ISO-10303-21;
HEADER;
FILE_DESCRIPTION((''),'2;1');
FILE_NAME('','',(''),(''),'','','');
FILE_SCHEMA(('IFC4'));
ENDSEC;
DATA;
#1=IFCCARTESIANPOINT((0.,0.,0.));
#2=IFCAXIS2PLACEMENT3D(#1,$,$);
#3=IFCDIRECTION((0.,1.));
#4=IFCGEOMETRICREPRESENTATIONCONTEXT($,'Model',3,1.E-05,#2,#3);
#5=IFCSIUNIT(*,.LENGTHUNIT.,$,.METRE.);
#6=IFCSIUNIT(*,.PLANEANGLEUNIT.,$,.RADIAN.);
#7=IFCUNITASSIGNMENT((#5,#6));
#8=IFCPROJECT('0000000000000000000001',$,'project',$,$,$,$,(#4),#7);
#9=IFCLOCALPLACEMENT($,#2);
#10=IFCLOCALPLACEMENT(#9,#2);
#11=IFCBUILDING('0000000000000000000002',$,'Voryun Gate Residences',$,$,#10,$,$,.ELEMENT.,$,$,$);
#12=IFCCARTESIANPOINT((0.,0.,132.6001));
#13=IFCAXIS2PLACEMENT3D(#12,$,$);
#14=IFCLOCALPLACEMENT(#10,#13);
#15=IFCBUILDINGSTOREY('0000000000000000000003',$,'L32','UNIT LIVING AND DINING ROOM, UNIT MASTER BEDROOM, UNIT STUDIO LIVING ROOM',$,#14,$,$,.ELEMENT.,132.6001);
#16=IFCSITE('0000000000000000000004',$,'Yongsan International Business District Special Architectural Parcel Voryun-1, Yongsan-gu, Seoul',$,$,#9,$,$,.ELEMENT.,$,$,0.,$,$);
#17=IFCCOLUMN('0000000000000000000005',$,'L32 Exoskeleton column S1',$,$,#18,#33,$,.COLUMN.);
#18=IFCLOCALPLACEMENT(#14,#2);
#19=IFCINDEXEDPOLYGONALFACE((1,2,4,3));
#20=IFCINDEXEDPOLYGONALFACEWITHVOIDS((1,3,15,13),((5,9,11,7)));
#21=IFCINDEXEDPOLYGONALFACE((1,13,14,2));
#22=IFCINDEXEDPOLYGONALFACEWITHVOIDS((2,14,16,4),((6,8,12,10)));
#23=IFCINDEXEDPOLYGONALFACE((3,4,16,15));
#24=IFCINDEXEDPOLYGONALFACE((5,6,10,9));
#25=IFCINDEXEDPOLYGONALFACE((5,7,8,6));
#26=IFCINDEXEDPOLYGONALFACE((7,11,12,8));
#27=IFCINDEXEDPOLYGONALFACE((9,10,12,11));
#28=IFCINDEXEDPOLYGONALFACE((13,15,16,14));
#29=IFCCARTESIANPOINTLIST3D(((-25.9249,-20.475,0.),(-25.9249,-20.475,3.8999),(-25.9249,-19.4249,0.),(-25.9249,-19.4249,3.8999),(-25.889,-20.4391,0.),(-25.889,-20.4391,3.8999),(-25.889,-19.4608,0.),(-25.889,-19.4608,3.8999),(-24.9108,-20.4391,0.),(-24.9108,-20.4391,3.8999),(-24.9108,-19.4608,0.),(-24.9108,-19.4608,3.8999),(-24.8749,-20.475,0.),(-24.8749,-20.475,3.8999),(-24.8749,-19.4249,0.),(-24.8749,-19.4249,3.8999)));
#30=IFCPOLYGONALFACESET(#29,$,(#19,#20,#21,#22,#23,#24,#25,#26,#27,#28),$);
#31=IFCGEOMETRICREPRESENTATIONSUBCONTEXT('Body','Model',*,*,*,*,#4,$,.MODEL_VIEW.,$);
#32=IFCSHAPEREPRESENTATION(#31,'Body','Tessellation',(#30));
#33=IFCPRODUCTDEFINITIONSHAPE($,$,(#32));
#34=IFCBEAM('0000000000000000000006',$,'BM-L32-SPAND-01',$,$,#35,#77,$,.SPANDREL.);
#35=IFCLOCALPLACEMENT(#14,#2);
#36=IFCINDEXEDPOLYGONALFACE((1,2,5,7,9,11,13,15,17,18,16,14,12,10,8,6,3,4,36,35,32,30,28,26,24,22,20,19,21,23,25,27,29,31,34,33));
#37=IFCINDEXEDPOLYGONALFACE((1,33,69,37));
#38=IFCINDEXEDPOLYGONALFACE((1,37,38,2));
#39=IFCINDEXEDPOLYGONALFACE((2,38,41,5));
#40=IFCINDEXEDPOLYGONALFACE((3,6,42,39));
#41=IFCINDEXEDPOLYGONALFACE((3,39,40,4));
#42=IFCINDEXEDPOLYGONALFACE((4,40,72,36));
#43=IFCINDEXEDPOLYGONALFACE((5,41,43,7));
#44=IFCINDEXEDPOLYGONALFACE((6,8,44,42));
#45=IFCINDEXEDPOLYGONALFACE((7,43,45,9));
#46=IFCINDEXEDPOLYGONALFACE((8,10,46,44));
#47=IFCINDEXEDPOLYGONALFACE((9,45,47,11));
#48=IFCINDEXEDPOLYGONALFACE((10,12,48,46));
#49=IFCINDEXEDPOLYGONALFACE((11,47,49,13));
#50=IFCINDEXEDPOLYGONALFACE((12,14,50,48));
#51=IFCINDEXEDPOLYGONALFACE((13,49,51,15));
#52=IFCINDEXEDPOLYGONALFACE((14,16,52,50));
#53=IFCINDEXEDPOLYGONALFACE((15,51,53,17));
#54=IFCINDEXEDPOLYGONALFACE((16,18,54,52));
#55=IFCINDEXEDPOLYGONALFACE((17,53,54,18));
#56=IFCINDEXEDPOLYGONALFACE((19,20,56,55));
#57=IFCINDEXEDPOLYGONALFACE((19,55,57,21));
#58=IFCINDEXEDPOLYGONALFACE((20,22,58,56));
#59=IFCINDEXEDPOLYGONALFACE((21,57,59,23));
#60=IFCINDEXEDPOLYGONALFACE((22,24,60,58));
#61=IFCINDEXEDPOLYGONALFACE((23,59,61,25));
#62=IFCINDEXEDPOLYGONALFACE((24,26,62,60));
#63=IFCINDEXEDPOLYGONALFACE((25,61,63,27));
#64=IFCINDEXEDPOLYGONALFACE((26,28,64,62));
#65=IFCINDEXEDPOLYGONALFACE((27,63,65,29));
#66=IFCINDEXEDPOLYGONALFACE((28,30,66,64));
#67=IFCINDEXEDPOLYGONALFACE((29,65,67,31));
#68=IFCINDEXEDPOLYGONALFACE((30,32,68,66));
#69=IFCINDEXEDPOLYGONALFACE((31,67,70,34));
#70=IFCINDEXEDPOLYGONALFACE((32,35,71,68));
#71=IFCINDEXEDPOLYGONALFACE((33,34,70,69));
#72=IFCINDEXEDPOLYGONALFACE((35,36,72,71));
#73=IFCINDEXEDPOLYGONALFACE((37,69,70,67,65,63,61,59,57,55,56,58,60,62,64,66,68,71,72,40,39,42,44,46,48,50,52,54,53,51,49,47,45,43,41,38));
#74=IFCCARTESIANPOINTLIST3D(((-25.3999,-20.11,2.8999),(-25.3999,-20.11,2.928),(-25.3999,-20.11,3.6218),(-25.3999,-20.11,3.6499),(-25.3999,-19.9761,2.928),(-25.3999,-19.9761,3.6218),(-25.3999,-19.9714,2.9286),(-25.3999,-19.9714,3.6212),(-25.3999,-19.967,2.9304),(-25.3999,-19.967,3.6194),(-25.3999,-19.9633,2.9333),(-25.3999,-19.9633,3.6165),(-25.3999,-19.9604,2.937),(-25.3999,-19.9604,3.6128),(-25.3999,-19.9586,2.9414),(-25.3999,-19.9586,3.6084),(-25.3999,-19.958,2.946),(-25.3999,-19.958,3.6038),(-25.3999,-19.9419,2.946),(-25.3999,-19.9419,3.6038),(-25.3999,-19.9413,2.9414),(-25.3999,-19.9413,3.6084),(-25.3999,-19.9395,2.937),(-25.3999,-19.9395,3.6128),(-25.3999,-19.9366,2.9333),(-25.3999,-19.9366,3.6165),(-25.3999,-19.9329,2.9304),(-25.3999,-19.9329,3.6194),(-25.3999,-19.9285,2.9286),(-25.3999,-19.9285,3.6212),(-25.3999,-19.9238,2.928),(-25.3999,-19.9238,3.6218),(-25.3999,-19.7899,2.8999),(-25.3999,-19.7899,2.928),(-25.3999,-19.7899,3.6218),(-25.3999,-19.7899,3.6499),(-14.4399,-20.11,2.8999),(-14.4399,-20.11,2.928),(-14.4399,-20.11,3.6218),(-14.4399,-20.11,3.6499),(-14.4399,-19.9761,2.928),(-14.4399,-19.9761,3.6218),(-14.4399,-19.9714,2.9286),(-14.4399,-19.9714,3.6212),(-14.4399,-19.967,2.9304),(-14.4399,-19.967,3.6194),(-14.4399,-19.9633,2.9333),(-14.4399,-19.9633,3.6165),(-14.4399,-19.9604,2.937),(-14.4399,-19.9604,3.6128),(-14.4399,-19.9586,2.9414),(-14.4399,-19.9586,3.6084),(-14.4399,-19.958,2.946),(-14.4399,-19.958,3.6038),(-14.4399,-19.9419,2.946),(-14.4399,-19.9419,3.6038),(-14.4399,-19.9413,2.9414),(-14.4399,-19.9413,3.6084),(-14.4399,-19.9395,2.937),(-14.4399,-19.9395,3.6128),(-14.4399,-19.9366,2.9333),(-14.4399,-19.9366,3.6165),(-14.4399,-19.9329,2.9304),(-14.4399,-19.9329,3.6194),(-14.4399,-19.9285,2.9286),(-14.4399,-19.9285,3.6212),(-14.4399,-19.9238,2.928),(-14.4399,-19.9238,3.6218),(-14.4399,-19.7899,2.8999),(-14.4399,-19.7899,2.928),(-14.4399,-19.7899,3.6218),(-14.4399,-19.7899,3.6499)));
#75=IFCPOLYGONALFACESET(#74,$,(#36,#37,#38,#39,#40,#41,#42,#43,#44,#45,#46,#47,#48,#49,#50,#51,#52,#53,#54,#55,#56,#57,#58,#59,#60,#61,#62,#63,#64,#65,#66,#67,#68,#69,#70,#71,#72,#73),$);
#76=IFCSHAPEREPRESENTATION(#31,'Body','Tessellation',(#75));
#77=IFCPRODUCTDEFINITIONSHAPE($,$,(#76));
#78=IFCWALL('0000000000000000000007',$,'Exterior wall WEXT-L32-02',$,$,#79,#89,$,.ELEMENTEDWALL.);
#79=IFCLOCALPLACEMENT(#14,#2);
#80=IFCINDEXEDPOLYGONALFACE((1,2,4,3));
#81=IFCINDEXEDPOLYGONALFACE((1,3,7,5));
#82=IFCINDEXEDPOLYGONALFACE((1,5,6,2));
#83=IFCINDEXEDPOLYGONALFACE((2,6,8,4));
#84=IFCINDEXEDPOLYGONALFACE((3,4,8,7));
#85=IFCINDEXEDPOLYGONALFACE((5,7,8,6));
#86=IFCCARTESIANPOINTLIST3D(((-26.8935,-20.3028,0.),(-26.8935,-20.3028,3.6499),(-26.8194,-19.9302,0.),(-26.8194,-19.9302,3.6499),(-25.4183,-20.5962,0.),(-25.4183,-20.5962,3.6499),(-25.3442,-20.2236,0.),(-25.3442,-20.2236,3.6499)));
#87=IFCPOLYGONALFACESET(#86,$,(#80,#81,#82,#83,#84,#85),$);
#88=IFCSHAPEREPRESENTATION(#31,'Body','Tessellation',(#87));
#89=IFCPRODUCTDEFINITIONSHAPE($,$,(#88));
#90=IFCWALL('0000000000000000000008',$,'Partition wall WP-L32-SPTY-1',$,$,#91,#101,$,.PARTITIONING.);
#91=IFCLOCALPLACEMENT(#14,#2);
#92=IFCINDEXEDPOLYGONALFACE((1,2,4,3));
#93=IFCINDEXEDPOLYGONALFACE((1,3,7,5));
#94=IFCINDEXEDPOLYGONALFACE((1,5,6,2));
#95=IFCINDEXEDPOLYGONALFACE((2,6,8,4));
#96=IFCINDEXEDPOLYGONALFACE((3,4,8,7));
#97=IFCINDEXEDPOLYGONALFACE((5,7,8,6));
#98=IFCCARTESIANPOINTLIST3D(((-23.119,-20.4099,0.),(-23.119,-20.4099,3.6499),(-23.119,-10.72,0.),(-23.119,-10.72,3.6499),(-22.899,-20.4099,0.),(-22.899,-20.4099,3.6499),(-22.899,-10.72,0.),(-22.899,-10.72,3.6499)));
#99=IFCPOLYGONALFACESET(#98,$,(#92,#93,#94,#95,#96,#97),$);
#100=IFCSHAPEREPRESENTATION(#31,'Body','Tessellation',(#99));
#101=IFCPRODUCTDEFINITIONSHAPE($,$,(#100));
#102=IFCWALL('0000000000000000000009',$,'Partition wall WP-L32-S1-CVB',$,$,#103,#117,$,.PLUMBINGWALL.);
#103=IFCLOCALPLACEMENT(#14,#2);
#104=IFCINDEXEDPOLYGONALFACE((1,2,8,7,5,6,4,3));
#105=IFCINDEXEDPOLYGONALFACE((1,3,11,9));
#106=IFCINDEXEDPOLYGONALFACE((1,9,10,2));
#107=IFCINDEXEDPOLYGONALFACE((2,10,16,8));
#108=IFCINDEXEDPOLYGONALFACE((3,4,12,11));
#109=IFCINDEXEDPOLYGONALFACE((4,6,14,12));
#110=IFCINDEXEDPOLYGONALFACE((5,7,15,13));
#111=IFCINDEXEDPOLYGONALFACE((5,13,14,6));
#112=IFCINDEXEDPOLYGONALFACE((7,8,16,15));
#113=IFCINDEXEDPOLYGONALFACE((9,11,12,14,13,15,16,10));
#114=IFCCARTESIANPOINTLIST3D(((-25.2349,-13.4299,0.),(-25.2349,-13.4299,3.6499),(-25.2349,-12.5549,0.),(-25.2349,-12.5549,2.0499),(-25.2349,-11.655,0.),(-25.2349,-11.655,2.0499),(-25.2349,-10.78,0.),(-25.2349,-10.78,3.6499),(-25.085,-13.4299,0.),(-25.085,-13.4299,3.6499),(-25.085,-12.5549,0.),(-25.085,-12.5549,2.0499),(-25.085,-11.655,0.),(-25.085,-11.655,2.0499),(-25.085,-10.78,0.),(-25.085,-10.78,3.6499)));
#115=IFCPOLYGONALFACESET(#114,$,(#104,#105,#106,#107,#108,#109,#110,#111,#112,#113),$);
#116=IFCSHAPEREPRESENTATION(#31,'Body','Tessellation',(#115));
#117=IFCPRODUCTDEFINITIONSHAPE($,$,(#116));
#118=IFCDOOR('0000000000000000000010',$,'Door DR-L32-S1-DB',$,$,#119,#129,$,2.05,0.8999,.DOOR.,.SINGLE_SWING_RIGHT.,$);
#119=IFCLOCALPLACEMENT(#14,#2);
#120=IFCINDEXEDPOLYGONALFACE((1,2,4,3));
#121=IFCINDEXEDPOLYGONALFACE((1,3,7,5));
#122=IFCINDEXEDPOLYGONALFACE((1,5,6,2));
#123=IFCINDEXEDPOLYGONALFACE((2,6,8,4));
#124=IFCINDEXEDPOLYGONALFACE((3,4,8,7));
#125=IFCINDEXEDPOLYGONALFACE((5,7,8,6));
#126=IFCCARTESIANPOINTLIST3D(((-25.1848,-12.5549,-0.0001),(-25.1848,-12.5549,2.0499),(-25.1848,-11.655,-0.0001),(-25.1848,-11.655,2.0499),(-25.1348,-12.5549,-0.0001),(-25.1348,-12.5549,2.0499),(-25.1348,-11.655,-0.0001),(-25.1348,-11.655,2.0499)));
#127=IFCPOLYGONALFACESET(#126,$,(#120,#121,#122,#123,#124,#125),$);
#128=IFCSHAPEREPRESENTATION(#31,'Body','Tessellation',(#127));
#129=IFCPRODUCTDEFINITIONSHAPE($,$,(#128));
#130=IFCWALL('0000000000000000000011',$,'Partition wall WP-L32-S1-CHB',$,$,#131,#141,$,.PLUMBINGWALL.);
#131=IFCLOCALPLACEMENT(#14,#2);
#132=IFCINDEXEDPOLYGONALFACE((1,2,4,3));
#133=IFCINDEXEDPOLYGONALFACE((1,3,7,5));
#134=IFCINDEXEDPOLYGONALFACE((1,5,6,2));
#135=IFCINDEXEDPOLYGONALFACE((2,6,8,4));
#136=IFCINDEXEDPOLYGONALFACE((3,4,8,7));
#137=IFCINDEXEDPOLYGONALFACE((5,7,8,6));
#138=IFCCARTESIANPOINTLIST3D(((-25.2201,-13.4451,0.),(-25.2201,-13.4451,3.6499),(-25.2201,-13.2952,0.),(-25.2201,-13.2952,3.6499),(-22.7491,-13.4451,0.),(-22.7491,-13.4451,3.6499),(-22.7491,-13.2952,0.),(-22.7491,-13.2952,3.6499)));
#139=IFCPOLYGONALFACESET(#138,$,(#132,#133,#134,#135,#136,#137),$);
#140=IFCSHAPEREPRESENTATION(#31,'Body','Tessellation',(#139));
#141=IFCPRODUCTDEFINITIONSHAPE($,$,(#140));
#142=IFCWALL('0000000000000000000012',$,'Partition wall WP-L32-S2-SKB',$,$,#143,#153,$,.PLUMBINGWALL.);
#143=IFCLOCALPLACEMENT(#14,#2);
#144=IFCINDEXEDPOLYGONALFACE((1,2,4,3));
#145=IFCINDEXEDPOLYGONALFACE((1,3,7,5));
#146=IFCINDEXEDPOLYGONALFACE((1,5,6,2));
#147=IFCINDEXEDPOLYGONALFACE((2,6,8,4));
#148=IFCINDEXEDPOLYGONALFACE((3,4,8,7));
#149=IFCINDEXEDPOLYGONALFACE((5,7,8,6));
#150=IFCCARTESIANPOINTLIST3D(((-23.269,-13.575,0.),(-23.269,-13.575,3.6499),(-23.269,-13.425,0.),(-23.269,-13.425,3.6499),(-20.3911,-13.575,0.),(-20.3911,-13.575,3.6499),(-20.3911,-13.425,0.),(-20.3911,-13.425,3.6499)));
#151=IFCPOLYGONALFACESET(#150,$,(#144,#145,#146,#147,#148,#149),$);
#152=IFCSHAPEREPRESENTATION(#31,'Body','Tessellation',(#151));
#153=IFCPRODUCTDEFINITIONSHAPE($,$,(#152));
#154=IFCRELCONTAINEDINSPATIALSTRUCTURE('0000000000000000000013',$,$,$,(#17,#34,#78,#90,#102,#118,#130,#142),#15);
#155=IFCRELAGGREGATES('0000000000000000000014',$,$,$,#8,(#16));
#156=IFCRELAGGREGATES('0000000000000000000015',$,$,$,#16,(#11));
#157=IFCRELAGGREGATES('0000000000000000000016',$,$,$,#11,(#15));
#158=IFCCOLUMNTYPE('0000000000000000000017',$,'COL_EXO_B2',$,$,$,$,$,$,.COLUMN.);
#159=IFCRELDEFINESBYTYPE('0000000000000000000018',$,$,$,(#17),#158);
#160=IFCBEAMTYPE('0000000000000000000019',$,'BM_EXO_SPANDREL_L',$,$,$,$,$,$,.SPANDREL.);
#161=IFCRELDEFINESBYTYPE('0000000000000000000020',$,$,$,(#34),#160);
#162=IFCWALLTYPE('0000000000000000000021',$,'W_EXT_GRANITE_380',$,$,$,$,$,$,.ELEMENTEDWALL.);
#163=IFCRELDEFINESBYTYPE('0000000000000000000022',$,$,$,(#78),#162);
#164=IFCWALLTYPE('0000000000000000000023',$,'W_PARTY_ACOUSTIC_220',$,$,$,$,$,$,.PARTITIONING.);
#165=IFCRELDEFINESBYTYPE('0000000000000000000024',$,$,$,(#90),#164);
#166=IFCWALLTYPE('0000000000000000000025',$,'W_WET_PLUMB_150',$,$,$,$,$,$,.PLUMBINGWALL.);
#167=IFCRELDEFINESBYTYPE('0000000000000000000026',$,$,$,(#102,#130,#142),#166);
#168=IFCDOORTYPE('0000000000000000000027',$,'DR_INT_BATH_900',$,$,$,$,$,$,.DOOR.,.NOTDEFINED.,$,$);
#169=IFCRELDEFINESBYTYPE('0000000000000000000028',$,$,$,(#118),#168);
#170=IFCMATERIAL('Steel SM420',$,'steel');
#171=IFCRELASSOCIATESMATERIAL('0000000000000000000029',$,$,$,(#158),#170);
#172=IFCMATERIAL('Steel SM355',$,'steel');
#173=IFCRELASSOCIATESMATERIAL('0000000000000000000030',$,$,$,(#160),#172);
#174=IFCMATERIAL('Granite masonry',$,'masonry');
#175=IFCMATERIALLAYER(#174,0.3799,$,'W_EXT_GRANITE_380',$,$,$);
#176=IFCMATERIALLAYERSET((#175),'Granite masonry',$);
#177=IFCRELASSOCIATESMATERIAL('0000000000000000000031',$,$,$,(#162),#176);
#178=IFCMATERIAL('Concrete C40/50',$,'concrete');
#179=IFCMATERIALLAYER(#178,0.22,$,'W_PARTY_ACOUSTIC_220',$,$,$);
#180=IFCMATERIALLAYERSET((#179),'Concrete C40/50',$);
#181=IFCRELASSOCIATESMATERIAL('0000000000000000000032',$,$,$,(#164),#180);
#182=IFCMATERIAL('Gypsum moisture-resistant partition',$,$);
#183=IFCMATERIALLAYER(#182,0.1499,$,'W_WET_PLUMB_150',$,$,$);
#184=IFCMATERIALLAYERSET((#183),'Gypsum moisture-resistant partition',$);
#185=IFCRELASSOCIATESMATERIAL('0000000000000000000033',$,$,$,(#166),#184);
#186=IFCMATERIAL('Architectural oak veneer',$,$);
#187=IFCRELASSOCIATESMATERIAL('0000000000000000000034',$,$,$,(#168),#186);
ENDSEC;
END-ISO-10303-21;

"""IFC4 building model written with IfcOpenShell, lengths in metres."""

from ifc_helpers import new_model, si_unit, direction, frame, frame_2d, origin, origin_2d, place, context, subcontext, project, spatial, rectangle, hollow_rectangle, i_section, extrude, material, layer, layer_set, material_profile, profile_set, type_object, element, fill, save


model = new_model("IFC4")

# Units and contexts
model_context = context("Model", 3, precision=1e-05, world=origin(), true_north=direction((0.0, 1.0)))
body_context = subcontext(model_context, "Body", "Model", "MODEL_VIEW")
ifc_project = project(units=[si_unit("LENGTHUNIT", "METRE"), si_unit("PLANEANGLEUNIT", "RADIAN")], contexts=[model_context])

# Site, building, storey
site_placement = place(None, origin())
site = spatial("IfcSite", under=ifc_project, at=site_placement, Name="Yongsan International Business District Special Architectural Parcel Voryun-1, Yongsan-gu, Seoul", CompositionType="ELEMENT", RefElevation=0.0)
building_placement = place(site_placement, origin())
building = spatial("IfcBuilding", under=site, at=building_placement, Name="Voryun Gate Residences", CompositionType="ELEMENT")
storey_placement = place(building_placement, frame((0.0, 0.0, 132.6001)))
storey = spatial("IfcBuildingStorey", under=building, at=storey_placement, Name="L32", Description="UNIT LIVING AND DINING ROOM, UNIT MASTER BEDROOM, UNIT STUDIO LIVING ROOM", CompositionType="ELEMENT", Elevation=132.6001)

# Column
ifc_material_1 = material(Name="Steel SM420", Category="steel")
ifc_material_profile_1 = material_profile(ifc_material_1, hollow_rectangle(XDim=1.05, YDim=1.05, WallThickness=0.0359, at=origin_2d()), Name="BOX-1050x1050x36")
ifc_profile_set_1 = profile_set([ifc_material_profile_1], Name="Steel SM420")
column_type = type_object("IfcColumnType", Name="COL_EXO_B2", PredefinedType="COLUMN", material=ifc_profile_set_1)
column_placement = place(storey_placement, frame((-25.3999, -19.95, 0.0), z_axis=(0.0, 0.0, 1.0), x_axis=(1.0, 0.0, 0.0)))
element("IfcColumn", 1, at=column_placement, inside=storey, type_object=column_type, Name="L32 Exoskeleton column S1", PredefinedType="COLUMN", context=body_context, shape_type="SweptSolid", body=[
    extrude(hollow_rectangle(XDim=1.05, YDim=1.05, WallThickness=0.0359, at=origin_2d()), origin(), (0.0, 0.0, 1.0), 3.8999),
])

# Beam
ifc_material_2 = material(Name="Steel SM355", Category="steel")
ifc_material_profile_2 = material_profile(ifc_material_2, i_section(OverallWidth=0.3201, OverallDepth=0.75, WebThickness=0.0161, FlangeThickness=0.0281, FilletRadius=0.0181, at=origin_2d()), Name="H-750x320x16x28")
ifc_profile_set_2 = profile_set([ifc_material_profile_2], Name="Steel SM355")
beam_type = type_object("IfcBeamType", Name="BM_EXO_SPANDREL_L", PredefinedType="SPANDREL", material=ifc_profile_set_2)
beam_placement = place(storey_placement, frame((-25.3999, -19.95, 3.2749), z_axis=(1.0, 0.0, 0.0), x_axis=(0.0, 1.0, 0.0)))
element("IfcBeam", 2, at=beam_placement, inside=storey, type_object=beam_type, Name="BM-L32-SPAND-01", PredefinedType="SPANDREL", context=body_context, shape_type="SweptSolid", body=[
    extrude(i_section(OverallWidth=0.3201, OverallDepth=0.75, WebThickness=0.0161, FlangeThickness=0.0281, FilletRadius=0.0181, at=origin_2d()), origin(), (0.0, 0.0, 1.0), 10.96),
])

# Walls
ifc_material_3 = material(Name="Granite masonry", Category="masonry")
ifc_layer_1 = layer(ifc_material_3, 0.3799, Name="W_EXT_GRANITE_380")
ifc_layer_set_1 = layer_set([ifc_layer_1], Name="Granite masonry")
wall_type_1 = type_object("IfcWallType", Name="W_EXT_GRANITE_380", PredefinedType="ELEMENTEDWALL", material=ifc_layer_set_1)
wall_1_placement = place(storey_placement, frame((-25.3813, -20.4099, 0.0), z_axis=(0.0, 0.0, 1.0), x_axis=(-0.980786, 0.195086, 0.0)))
element("IfcWall", 3, at=wall_1_placement, inside=storey, type_object=wall_type_1, Name="Exterior wall WEXT-L32-02", PredefinedType="ELEMENTEDWALL", context=body_context, shape_type="SweptSolid", body=[
    extrude(rectangle(XDim=1.5042, YDim=0.3799, at=frame_2d((0.752, 0.0))), origin(), (0.0, 0.0, 1.0), 3.6499),
])
ifc_material_4 = material(Name="Concrete C40/50", Category="concrete")
ifc_layer_2 = layer(ifc_material_4, 0.22, Name="W_PARTY_ACOUSTIC_220")
ifc_layer_set_2 = layer_set([ifc_layer_2], Name="Concrete C40/50")
wall_type_2 = type_object("IfcWallType", Name="W_PARTY_ACOUSTIC_220", PredefinedType="PARTITIONING", material=ifc_layer_set_2)
wall_2_placement = place(storey_placement, frame((-23.009, -20.4099, 0.0), z_axis=(0.0, 0.0, 1.0), x_axis=(0.0, 1.0, 0.0)))
element("IfcWall", 4, at=wall_2_placement, inside=storey, type_object=wall_type_2, Name="Partition wall WP-L32-SPTY-1", PredefinedType="PARTITIONING", context=body_context, shape_type="SweptSolid", body=[
    extrude(rectangle(XDim=9.6899, YDim=0.22, at=frame_2d((4.845, 0.0))), origin(), (0.0, 0.0, 1.0), 3.6499),
])

# Wall, opening, door
ifc_material_5 = material(Name="Gypsum moisture-resistant partition")
ifc_layer_3 = layer(ifc_material_5, 0.1499, Name="W_WET_PLUMB_150")
ifc_layer_set_3 = layer_set([ifc_layer_3], Name="Gypsum moisture-resistant partition")
wall_type_3 = type_object("IfcWallType", Name="W_WET_PLUMB_150", PredefinedType="PLUMBINGWALL", material=ifc_layer_set_3)
wall_3_placement = place(storey_placement, frame((-25.1599, -13.4299, 0.0), z_axis=(0.0, 0.0, 1.0), x_axis=(0.0, 1.0, 0.0)))
wall_3 = element("IfcWall", 5, at=wall_3_placement, inside=storey, type_object=wall_type_3, Name="Partition wall WP-L32-S1-CVB", PredefinedType="PLUMBINGWALL", context=body_context, shape_type="SweptSolid", body=[
    extrude(rectangle(XDim=2.6499, YDim=0.1499, at=frame_2d((1.325, 0.0))), origin(), (0.0, 0.0, 1.0), 3.6499),
])
opening_1_placement = place(wall_3_placement, frame((0.875, 0.0, 0.0)))
opening_1 = element("IfcOpeningElement", 6, at=opening_1_placement, cuts=wall_3, PredefinedType="OPENING", context=body_context, shape_type="SweptSolid", body=[
    extrude(rectangle(XDim=0.8999, YDim=2.05, at=frame_2d((0.45, 1.0249))), frame((0.0, 0.085, 0.0), z_axis=(0.0, -1.0, 0.0), x_axis=(1.0, 0.0, 0.0)), (0.0, 0.0, 1.0), 0.1699),
])
ifc_material_6 = material(Name="Architectural oak veneer")
door_type = type_object("IfcDoorType", Name="DR_INT_BATH_900", OperationType="NOTDEFINED", PredefinedType="DOOR", material=ifc_material_6)
door_1_placement = place(opening_1_placement, origin())
door_1 = element("IfcDoor", 7, at=door_1_placement, inside=storey, type_object=door_type, Name="Door DR-L32-S1-DB", OperationType="SINGLE_SWING_RIGHT", OverallHeight=2.05, OverallWidth=0.8999, PredefinedType="DOOR", context=body_context, shape_type="SweptSolid", body=[
    extrude(rectangle(XDim=0.8999, YDim=2.05, at=frame_2d((0.45, 1.0249))), frame((0.0, 0.0249, 0.0), z_axis=(0.0, -1.0, 0.0), x_axis=(1.0, 0.0, 0.0)), (0.0, 0.0, 1.0), 0.05),
])
fill(opening_1, door_1)

# Walls
wall_4_placement = place(storey_placement, frame((-25.22, -13.3701, 0.0), z_axis=(0.0, 0.0, 1.0), x_axis=(1.0, 0.0, 0.0)))
element("IfcWall", 8, at=wall_4_placement, inside=storey, type_object=wall_type_3, Name="Partition wall WP-L32-S1-CHB", PredefinedType="PLUMBINGWALL", context=body_context, shape_type="SweptSolid", body=[
    extrude(rectangle(XDim=2.4709, YDim=0.1499, at=frame_2d((1.2354, 0.0))), origin(), (0.0, 0.0, 1.0), 3.6499),
])
wall_5_placement = place(storey_placement, frame((-23.269, -13.5, 0.0), z_axis=(0.0, 0.0, 1.0), x_axis=(1.0, 0.0, 0.0)))
element("IfcWall", 9, at=wall_5_placement, inside=storey, type_object=wall_type_3, Name="Partition wall WP-L32-S2-SKB", PredefinedType="PLUMBINGWALL", context=body_context, shape_type="SweptSolid", body=[
    extrude(rectangle(XDim=2.8779, YDim=0.1499, at=frame_2d((1.439, 0.0))), origin(), (0.0, 0.0, 1.0), 3.6499),
])

save(model, "model.ifc")
